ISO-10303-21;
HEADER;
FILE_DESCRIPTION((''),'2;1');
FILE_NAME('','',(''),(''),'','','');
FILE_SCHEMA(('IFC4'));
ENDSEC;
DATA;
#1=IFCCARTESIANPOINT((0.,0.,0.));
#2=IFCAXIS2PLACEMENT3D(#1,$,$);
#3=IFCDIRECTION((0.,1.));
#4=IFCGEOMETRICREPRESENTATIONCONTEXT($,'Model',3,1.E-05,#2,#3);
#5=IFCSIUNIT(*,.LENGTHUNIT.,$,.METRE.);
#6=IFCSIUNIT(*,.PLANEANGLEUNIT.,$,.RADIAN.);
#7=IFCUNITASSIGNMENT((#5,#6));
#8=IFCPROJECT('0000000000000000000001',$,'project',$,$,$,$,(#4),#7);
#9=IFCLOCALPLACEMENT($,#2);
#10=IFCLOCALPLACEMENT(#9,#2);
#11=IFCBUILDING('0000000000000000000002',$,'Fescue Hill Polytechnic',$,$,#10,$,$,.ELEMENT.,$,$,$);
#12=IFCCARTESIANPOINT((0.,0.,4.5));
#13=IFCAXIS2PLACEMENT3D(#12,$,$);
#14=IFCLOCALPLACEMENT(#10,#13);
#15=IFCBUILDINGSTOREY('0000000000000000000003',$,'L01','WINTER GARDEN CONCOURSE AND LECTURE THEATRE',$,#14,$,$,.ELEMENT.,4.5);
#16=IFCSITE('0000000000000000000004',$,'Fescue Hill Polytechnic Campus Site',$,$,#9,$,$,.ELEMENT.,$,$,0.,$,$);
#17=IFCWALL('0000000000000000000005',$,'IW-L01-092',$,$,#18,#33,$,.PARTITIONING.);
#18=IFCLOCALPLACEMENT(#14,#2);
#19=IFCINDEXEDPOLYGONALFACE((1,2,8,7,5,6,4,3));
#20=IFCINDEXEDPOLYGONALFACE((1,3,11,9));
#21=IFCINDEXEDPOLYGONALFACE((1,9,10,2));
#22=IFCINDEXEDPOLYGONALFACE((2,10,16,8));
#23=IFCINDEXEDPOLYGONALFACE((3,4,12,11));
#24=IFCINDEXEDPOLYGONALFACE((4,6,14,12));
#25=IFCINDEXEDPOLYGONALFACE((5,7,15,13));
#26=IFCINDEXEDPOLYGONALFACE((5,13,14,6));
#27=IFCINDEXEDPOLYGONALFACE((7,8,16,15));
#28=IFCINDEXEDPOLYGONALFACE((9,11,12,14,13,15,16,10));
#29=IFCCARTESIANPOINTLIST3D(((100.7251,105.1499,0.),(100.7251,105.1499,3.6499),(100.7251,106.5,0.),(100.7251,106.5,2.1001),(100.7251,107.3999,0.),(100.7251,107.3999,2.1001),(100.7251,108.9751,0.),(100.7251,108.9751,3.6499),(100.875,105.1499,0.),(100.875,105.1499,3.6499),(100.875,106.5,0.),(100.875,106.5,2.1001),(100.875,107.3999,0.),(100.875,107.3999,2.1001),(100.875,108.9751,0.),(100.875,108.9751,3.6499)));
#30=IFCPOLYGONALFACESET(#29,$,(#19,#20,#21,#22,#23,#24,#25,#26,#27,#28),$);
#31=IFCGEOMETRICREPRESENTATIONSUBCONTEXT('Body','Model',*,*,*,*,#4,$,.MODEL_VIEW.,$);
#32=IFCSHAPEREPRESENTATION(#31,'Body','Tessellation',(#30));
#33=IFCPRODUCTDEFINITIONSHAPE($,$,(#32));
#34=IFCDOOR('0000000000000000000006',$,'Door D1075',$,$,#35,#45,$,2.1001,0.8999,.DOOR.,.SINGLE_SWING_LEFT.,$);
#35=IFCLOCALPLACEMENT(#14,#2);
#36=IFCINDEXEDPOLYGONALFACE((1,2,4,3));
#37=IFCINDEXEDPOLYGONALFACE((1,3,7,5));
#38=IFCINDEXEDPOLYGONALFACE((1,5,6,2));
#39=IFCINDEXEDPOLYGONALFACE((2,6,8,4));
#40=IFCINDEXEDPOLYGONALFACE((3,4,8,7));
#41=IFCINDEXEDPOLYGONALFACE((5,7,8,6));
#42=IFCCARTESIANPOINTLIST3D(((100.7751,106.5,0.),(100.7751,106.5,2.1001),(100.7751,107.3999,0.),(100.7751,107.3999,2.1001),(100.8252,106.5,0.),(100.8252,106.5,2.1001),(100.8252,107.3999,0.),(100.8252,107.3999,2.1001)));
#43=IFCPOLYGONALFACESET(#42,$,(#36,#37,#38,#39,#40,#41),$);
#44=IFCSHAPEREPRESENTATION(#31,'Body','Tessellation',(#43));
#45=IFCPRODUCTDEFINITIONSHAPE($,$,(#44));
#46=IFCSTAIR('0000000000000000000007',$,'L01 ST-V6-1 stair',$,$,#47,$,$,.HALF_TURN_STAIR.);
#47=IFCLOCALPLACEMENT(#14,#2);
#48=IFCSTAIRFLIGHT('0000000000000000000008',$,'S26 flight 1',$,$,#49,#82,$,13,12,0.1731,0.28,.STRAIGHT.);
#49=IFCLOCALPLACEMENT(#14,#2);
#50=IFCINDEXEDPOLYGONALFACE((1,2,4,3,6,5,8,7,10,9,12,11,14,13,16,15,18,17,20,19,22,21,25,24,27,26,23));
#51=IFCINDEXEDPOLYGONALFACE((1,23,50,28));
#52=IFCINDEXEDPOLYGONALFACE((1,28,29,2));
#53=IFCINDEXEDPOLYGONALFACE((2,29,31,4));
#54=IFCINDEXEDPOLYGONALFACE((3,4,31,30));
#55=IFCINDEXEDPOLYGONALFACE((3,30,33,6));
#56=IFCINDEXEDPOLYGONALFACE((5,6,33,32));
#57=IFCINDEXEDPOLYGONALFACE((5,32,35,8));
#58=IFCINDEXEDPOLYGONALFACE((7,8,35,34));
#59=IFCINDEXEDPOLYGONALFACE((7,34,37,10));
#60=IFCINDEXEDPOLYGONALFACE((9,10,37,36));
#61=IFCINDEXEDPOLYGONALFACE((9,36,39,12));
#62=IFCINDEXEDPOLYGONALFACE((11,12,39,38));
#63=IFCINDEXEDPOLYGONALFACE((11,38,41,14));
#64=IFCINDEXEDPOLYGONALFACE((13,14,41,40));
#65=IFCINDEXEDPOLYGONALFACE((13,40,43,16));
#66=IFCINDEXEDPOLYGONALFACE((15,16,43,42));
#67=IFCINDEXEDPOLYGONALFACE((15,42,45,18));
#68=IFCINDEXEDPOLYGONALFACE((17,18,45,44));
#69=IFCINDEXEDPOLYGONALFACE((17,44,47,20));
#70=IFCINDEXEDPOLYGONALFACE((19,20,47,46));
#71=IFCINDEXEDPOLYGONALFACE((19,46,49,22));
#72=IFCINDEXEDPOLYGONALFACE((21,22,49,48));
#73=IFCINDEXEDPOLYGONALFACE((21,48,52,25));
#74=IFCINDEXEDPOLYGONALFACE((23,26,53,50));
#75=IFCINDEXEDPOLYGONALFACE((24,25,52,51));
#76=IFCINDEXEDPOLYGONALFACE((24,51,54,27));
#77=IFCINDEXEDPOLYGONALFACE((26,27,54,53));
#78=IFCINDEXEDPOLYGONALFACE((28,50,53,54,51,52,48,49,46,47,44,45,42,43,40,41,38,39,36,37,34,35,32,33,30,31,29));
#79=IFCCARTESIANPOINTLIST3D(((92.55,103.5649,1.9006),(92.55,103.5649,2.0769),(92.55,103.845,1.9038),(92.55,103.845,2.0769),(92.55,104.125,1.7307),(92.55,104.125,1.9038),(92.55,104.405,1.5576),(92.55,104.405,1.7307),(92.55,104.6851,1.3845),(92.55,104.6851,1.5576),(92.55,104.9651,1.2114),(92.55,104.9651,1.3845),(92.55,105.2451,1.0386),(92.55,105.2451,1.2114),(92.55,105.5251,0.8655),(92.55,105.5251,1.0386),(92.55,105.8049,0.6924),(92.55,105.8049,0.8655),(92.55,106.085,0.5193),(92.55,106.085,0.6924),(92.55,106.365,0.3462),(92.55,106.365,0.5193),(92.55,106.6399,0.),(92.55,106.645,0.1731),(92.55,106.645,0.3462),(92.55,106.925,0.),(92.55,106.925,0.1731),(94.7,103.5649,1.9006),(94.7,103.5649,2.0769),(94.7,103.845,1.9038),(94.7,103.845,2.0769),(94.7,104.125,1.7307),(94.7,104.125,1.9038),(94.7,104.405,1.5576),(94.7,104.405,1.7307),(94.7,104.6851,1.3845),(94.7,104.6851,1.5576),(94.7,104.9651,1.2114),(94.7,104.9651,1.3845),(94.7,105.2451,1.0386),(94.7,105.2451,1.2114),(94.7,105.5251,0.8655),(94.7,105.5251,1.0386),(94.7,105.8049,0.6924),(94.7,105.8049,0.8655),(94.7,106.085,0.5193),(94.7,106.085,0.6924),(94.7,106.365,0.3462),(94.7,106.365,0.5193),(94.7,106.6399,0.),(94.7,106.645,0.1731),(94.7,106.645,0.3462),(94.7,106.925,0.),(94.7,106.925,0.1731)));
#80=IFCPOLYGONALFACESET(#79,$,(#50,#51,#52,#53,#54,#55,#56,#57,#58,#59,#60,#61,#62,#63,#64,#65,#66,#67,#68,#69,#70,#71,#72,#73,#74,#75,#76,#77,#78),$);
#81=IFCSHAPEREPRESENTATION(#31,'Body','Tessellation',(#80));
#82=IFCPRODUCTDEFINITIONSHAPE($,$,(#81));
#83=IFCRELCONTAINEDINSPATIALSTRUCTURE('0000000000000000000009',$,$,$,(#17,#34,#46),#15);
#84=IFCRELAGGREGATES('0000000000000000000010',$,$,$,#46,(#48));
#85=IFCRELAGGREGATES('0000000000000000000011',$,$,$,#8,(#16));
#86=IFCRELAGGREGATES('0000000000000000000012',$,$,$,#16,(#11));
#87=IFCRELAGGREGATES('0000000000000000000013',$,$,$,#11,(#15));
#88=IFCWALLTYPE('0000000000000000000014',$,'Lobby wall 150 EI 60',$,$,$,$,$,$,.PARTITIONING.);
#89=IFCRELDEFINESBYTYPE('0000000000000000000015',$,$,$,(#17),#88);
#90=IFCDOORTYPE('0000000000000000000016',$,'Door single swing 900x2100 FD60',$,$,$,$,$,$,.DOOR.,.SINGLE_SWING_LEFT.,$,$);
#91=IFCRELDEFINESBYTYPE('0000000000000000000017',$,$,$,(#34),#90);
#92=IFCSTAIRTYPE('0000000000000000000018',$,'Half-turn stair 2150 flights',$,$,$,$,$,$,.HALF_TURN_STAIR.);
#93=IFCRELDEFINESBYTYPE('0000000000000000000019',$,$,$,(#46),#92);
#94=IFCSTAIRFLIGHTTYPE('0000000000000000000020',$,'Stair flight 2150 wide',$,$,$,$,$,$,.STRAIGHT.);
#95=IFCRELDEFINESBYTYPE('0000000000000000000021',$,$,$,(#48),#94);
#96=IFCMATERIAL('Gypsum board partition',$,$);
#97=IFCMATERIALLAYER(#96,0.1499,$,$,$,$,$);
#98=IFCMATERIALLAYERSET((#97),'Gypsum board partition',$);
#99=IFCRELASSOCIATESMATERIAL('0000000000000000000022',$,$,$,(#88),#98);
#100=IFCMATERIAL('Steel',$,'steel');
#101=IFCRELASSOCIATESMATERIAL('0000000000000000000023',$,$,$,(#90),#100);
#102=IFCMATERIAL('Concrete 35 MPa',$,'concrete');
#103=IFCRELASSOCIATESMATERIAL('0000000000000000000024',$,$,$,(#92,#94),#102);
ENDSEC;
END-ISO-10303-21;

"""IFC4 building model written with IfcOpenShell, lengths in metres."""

from ifc_helpers import new_model, si_unit, direction, frame, frame_2d, origin, place, context, subcontext, project, spatial, polyline, rectangle, outline, extrude, material, layer, layer_set, type_object, element, fill, aggregate, save


model = new_model("IFC4")

# Units and contexts
model_context = context("Model", 3, precision=1e-05, world=origin(), true_north=direction((0.0, 1.0)))
body_context = subcontext(model_context, "Body", "Model", "MODEL_VIEW")
ifc_project = project(units=[si_unit("LENGTHUNIT", "METRE"), si_unit("PLANEANGLEUNIT", "RADIAN")], contexts=[model_context])

# Site, building, storey
site_placement = place(None, origin())
site = spatial("IfcSite", under=ifc_project, at=site_placement, Name="Fescue Hill Polytechnic Campus Site", CompositionType="ELEMENT", RefElevation=0.0)
building_placement = place(site_placement, origin())
building = spatial("IfcBuilding", under=site, at=building_placement, Name="Fescue Hill Polytechnic", CompositionType="ELEMENT")
storey_placement = place(building_placement, frame((0.0, 0.0, 4.5)))
storey = spatial("IfcBuildingStorey", under=building, at=storey_placement, Name="L01", Description="WINTER GARDEN CONCOURSE AND LECTURE THEATRE", CompositionType="ELEMENT", Elevation=4.5)

# Shared definitions
ifc_material_1 = material(Name="Concrete 35 MPa", Category="concrete")

# Wall, opening, door
ifc_material_2 = material(Name="Gypsum board partition")
ifc_layer_1 = layer(ifc_material_2, 0.1499)
ifc_layer_set_1 = layer_set([ifc_layer_1], Name="Gypsum board partition")
wall_type_1 = type_object("IfcWallType", Name="Lobby wall 150 EI 60", PredefinedType="PARTITIONING", material=ifc_layer_set_1)
wall_1_placement = place(storey_placement, frame((100.8, 105.1499, 0.0), z_axis=(0.0, 0.0, 1.0), x_axis=(0.0, 1.0, 0.0)))
wall_1 = element("IfcWall", 1, at=wall_1_placement, inside=storey, type_object=wall_type_1, Name="IW-L01-092", PredefinedType="PARTITIONING", context=body_context, shape_type="SweptSolid", body=[
    extrude(rectangle(XDim=3.8252, YDim=0.1499, at=frame_2d((1.9126, 0.0))), origin(), (0.0, 0.0, 1.0), 3.6499),
])
opening_1_placement = place(wall_1_placement, frame((1.3501, 0.0, 0.0)))
opening_1 = element("IfcOpeningElement", 2, at=opening_1_placement, cuts=wall_1, PredefinedType="OPENING", context=body_context, shape_type="SweptSolid", body=[
    extrude(rectangle(XDim=0.8999, YDim=2.1001, at=frame_2d((0.45, 1.05))), frame((0.0, 0.085, 0.0), z_axis=(0.0, -1.0, 0.0), x_axis=(1.0, 0.0, 0.0)), (0.0, 0.0, 1.0), 0.1699),
])
ifc_material_3 = material(Name="Steel", Category="steel")
door_type_1 = type_object("IfcDoorType", Name="Door single swing 900x2100 FD60", OperationType="SINGLE_SWING_LEFT", PredefinedType="DOOR", material=ifc_material_3)
door_1_placement = place(opening_1_placement, origin())
door_1 = element("IfcDoor", 3, at=door_1_placement, inside=storey, type_object=door_type_1, Name="Door D1075", OperationType="SINGLE_SWING_LEFT", OverallHeight=2.1001, OverallWidth=0.8999, PredefinedType="DOOR", context=body_context, shape_type="SweptSolid", body=[
    extrude(rectangle(XDim=0.8999, YDim=2.1001, at=frame_2d((0.45, 1.05))), frame((0.0, 0.0249, 0.0), z_axis=(0.0, -1.0, 0.0), x_axis=(1.0, 0.0, 0.0)), (0.0, 0.0, 1.0), 0.05),
])
fill(opening_1, door_1)

# Stair, stair flight
stair_type = type_object("IfcStairType", Name="Half-turn stair 2150 flights", PredefinedType="HALF_TURN_STAIR", material=ifc_material_1)
stair_placement = place(storey_placement, origin())
stair = element("IfcStair", 4, at=stair_placement, inside=storey, type_object=stair_type, Name="L01 ST-V6-1 stair", PredefinedType="HALF_TURN_STAIR")
stair_flight_type = type_object("IfcStairFlightType", Name="Stair flight 2150 wide", PredefinedType="STRAIGHT", material=ifc_material_1)
stair_flight_placement = place(storey_placement, frame((93.625, 106.925, 0.0), z_axis=(0.0, 0.0, 1.0), x_axis=(0.0, -1.0, 0.0)))
stair_flight = element("IfcStairFlight", 5, at=stair_flight_placement, type_object=stair_flight_type, Name="S26 flight 1", NumberOfRisers=13, NumberOfTreads=12, PredefinedType="STRAIGHT", RiserHeight=0.1731, TreadLength=0.28, context=body_context, shape_type="SweptSolid", body=[
    extrude(outline(polyline([(0.0, 0.0), (0.0, 0.1731), (0.28, 0.1731), (0.28, 0.3462), (0.5601, 0.3462), (0.5601, 0.5193), (0.8401, 0.5193), (0.8401, 0.6924), (1.1201, 0.6924), (1.1201, 0.8655), (1.3999, 0.8655), (1.3999, 1.0386), (1.6799, 1.0386), (1.6799, 1.2114), (1.96, 1.2114), (1.96, 1.3845), (2.24, 1.3845), (2.24, 1.5576), (2.52, 1.5576), (2.52, 1.7307), (2.8, 1.7307), (2.8, 1.9038), (3.0801, 1.9038), (3.0801, 2.0769), (3.3601, 2.0769), (3.3601, 2.25), (3.3601, 1.9006), (0.2852, 0.0), (0.0, 0.0)])), frame((0.0, 1.075, 0.0), z_axis=(0.0, -1.0, 0.0), x_axis=(1.0, 0.0, 0.0)), (0.0, 0.0, 1.0), 2.1499),
])
aggregate(stair, [stair_flight])

save(model, "model.ifc")
